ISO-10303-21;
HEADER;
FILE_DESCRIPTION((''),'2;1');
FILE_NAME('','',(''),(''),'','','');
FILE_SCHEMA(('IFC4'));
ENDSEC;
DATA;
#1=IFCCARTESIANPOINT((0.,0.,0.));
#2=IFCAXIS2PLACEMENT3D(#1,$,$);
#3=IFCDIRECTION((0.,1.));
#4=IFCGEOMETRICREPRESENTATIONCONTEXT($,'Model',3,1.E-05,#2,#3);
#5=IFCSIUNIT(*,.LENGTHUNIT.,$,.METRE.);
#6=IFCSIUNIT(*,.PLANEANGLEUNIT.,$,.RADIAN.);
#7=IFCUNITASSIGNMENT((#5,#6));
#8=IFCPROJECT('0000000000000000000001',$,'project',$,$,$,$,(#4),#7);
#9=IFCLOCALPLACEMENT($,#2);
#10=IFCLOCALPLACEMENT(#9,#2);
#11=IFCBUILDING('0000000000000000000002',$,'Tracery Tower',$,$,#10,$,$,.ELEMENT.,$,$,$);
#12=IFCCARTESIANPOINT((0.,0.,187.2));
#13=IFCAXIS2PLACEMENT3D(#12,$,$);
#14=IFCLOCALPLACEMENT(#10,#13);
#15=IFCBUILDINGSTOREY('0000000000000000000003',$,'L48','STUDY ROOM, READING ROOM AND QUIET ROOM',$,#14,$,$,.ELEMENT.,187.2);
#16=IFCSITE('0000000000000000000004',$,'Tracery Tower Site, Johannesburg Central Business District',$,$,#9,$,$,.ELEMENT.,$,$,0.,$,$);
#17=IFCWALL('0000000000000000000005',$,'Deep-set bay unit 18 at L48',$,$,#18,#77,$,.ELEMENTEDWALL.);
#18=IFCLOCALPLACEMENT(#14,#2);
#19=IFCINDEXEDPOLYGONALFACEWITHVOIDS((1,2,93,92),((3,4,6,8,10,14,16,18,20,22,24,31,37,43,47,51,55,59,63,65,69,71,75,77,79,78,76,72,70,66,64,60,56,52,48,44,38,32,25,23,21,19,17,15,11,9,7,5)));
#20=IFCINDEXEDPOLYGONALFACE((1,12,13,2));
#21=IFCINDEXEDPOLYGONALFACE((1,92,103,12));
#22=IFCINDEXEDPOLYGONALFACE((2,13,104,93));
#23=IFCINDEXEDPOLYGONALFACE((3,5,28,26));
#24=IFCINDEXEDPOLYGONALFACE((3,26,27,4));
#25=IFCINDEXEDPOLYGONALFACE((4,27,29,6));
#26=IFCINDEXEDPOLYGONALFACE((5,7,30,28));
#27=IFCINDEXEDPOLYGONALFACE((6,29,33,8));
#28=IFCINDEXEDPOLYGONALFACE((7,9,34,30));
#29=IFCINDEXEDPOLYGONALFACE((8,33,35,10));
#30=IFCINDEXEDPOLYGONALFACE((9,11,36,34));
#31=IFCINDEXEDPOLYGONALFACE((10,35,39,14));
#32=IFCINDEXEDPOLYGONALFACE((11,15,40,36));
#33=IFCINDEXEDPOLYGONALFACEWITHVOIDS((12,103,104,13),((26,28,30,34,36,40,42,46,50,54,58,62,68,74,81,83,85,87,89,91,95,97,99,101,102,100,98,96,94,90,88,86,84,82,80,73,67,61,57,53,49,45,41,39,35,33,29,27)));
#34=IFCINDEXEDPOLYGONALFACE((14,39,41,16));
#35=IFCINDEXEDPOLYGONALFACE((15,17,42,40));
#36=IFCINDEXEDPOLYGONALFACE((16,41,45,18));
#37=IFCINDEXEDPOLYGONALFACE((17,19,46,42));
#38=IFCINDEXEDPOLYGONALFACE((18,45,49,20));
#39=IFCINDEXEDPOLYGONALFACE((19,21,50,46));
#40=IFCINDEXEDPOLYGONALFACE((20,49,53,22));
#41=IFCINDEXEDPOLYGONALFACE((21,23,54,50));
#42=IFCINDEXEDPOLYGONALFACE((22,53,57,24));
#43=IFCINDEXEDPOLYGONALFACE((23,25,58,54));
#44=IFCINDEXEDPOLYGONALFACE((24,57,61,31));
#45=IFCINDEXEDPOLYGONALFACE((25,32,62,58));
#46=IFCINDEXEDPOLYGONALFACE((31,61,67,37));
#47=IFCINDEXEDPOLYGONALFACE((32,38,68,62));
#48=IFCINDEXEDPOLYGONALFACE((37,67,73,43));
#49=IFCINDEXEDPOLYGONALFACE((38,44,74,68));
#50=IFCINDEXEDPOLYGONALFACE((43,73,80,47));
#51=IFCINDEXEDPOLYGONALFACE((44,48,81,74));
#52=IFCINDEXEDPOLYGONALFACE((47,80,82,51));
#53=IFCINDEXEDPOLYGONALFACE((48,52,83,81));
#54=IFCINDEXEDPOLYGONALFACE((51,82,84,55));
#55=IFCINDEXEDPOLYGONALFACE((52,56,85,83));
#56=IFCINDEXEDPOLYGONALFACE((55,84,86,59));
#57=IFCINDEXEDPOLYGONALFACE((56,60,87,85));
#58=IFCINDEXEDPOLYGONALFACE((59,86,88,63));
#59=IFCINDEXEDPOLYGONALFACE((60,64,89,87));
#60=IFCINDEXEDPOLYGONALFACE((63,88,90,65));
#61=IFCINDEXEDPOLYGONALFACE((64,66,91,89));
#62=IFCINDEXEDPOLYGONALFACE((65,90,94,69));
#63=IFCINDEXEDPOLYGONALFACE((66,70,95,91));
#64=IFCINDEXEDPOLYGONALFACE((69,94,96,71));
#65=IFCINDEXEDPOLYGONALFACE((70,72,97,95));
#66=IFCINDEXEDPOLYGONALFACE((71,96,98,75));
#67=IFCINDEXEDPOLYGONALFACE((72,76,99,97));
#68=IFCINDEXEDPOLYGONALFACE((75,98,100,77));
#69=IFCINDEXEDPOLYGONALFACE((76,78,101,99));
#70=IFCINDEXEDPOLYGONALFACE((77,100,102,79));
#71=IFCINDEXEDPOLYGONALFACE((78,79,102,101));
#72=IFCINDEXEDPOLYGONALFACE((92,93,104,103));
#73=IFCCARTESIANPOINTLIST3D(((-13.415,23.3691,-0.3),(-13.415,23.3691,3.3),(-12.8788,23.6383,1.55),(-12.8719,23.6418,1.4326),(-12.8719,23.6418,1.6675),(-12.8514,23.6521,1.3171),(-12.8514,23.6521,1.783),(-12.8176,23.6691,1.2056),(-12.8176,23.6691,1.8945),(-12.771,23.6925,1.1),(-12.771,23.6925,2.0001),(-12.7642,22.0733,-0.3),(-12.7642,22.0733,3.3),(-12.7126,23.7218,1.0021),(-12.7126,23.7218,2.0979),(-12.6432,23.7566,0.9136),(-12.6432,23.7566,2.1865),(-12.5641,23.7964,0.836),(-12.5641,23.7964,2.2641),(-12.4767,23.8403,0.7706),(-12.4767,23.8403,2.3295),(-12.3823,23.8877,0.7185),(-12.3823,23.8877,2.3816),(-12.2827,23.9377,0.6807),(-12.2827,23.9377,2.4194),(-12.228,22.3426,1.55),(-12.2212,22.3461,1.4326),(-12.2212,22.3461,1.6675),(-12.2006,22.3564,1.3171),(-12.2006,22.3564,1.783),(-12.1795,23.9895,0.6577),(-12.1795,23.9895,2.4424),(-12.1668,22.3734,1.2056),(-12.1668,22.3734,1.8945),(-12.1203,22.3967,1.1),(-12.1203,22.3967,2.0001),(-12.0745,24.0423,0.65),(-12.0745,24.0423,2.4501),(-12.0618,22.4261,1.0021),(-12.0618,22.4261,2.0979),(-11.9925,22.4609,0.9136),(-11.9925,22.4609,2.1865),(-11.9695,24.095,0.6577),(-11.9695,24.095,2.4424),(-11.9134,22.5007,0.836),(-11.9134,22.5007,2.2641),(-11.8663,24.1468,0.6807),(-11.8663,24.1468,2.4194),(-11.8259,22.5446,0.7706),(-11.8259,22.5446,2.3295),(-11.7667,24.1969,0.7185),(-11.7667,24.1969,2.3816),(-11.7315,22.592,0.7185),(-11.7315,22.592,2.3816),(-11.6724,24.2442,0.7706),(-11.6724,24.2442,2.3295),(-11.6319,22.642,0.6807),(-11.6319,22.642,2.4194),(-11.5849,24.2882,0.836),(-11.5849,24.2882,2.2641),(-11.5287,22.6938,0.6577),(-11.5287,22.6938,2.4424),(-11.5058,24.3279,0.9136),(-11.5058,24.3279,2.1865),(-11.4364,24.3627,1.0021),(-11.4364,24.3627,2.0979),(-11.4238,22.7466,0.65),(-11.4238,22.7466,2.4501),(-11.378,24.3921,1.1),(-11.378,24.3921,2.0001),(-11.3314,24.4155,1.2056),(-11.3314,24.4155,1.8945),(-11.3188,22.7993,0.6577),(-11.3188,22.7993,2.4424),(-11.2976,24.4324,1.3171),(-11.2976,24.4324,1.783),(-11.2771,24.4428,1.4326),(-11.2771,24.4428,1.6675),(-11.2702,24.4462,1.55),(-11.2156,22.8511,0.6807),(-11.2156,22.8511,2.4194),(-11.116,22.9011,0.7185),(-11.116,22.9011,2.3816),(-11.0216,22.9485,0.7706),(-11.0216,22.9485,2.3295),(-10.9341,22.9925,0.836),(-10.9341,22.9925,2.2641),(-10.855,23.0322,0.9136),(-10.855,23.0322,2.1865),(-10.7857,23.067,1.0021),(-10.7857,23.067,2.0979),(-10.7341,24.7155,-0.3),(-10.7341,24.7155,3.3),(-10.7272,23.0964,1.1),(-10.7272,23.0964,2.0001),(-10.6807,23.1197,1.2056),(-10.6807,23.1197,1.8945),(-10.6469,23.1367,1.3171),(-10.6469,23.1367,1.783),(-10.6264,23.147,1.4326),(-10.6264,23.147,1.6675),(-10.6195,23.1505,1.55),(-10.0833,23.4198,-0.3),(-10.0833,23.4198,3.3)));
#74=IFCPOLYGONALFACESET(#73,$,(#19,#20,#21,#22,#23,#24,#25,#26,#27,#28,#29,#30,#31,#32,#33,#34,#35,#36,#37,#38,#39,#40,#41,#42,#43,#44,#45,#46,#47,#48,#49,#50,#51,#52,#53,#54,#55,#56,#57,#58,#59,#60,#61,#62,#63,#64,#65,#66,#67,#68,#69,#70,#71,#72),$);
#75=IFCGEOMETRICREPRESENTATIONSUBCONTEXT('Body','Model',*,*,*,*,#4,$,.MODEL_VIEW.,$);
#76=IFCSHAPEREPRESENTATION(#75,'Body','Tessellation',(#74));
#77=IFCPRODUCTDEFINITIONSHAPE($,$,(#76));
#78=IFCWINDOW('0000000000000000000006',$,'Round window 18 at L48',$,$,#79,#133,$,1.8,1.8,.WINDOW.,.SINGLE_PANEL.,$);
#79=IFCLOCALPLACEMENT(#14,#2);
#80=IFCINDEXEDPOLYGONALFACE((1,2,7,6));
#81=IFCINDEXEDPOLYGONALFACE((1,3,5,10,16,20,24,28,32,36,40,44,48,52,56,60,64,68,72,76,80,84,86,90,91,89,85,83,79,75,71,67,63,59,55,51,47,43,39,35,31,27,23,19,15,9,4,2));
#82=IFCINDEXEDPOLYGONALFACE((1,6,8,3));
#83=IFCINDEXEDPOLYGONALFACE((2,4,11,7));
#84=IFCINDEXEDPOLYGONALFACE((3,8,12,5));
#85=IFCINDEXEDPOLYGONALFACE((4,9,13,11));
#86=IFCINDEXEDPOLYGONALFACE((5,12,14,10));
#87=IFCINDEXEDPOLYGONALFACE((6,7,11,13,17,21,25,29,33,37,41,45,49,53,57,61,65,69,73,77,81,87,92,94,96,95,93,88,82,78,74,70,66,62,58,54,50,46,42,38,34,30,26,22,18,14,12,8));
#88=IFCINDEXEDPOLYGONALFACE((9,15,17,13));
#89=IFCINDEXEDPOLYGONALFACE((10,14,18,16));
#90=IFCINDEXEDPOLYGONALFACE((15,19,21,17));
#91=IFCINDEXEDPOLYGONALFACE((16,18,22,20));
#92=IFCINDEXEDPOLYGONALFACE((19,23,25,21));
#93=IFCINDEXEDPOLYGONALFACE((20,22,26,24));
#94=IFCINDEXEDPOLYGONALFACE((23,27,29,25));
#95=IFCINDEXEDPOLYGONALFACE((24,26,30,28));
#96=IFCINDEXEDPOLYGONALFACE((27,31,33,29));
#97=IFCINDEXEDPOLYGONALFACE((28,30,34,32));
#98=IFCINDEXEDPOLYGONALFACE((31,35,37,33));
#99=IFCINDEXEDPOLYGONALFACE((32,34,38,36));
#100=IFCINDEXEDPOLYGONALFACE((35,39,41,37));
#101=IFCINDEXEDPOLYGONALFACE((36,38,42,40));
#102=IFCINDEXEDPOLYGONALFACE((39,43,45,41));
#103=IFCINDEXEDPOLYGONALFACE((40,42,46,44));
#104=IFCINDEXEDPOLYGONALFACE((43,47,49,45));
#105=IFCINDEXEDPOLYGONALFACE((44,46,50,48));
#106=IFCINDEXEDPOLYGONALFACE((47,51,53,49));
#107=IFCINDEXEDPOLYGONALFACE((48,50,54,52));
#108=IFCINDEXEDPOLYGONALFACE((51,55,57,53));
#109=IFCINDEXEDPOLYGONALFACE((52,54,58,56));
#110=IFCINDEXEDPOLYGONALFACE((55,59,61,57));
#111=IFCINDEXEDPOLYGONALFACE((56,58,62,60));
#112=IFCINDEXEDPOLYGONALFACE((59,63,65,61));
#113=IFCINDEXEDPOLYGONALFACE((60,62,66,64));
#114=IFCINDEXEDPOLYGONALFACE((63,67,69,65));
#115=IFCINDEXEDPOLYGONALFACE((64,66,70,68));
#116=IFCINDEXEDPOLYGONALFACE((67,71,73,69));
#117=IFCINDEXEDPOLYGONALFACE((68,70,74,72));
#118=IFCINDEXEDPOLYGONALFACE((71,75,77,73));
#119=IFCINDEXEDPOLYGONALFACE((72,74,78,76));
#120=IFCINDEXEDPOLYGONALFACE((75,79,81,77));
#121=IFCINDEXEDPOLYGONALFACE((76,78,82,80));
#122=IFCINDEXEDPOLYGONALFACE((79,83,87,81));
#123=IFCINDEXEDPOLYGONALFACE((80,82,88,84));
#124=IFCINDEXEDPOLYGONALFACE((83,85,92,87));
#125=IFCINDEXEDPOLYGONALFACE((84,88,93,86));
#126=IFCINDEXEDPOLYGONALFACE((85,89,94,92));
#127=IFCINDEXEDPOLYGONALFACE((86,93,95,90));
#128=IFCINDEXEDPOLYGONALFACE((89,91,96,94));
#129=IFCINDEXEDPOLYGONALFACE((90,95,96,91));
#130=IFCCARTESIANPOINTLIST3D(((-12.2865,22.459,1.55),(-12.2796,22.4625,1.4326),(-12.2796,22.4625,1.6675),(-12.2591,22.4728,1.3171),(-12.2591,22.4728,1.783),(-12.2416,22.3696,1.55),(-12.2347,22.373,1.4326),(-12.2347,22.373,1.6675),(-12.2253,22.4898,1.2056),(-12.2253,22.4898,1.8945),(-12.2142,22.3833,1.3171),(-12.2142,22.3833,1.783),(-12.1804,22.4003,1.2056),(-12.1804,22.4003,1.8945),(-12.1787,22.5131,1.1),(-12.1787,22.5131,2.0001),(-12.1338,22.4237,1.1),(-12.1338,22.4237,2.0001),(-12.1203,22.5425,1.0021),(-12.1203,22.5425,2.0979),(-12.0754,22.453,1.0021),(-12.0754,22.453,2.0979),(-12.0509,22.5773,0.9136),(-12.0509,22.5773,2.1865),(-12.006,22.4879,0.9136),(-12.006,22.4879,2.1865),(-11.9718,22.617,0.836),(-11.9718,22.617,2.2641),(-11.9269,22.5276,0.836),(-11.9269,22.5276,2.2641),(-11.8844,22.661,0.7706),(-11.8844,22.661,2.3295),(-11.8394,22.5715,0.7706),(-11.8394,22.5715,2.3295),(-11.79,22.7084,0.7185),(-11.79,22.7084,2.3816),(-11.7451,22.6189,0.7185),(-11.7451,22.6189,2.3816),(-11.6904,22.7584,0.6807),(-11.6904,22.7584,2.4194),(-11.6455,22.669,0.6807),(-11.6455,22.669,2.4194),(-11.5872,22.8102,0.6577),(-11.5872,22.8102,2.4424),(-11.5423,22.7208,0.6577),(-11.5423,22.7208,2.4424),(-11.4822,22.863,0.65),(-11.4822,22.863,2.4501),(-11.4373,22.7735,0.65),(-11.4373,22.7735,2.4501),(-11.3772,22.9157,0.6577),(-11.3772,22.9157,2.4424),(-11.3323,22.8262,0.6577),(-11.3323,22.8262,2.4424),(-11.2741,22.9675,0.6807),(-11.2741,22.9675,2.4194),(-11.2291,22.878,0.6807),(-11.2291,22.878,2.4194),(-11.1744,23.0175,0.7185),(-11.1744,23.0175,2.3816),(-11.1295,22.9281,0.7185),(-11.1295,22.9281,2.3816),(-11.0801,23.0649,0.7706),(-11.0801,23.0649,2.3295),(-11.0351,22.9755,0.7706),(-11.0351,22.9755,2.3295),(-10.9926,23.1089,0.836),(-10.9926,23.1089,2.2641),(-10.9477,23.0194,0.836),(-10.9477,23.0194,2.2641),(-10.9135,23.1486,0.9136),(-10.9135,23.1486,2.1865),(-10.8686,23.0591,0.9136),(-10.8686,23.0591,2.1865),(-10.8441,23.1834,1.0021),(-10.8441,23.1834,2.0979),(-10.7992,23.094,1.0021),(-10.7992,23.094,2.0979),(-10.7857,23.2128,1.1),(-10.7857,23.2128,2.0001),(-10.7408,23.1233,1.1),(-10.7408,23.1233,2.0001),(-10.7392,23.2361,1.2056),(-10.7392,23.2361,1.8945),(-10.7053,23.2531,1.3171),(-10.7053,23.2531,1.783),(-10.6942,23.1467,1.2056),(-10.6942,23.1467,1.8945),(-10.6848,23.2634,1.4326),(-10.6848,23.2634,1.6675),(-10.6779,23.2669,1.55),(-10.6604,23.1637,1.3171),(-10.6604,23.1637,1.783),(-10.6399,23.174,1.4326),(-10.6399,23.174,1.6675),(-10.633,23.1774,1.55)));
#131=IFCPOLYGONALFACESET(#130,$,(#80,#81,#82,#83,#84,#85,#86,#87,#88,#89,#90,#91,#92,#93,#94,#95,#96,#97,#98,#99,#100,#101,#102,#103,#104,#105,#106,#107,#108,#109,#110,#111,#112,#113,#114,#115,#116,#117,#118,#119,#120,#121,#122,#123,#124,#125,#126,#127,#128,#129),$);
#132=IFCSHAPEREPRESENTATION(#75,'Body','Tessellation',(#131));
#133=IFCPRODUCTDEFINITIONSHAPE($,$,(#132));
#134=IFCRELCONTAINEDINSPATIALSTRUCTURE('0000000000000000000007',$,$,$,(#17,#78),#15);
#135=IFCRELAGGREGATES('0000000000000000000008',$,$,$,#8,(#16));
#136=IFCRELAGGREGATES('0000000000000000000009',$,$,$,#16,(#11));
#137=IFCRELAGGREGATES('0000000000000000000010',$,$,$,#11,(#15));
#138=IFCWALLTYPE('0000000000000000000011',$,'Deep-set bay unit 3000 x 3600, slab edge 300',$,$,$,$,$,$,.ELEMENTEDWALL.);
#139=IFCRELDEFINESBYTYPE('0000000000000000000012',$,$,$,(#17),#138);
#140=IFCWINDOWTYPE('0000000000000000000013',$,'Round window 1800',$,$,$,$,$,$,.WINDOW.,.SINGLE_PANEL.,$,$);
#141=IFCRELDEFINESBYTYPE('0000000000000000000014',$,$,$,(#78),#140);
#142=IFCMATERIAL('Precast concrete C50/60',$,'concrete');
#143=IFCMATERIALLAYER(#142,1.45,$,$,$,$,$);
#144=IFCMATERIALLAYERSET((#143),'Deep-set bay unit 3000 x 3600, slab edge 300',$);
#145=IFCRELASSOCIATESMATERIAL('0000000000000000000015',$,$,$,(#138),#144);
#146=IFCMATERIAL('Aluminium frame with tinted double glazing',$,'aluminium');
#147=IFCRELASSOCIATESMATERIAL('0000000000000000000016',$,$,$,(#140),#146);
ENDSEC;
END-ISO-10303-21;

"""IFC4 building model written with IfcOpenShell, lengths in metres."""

from ifc_helpers import new_model, si_unit, direction, frame, frame_2d, origin, origin_2d, place, context, subcontext, project, spatial, rectangle, circle, extrude, material, layer, layer_set, type_object, element, fill, save


model = new_model("IFC4")

# Units and contexts
model_context = context("Model", 3, precision=1e-05, world=origin(), true_north=direction((0.0, 1.0)))
body_context = subcontext(model_context, "Body", "Model", "MODEL_VIEW")
ifc_project = project(units=[si_unit("LENGTHUNIT", "METRE"), si_unit("PLANEANGLEUNIT", "RADIAN")], contexts=[model_context])

# Site, building, storey
site_placement = place(None, origin())
site = spatial("IfcSite", under=ifc_project, at=site_placement, Name="Tracery Tower Site, Johannesburg Central Business District", CompositionType="ELEMENT", RefElevation=0.0)
building_placement = place(site_placement, origin())
building = spatial("IfcBuilding", under=site, at=building_placement, Name="Tracery Tower", CompositionType="ELEMENT")
storey_placement = place(building_placement, frame((0.0, 0.0, 187.2)))
storey = spatial("IfcBuildingStorey", under=building, at=storey_placement, Name="L48", Description="STUDY ROOM, READING ROOM AND QUIET ROOM", CompositionType="ELEMENT", Elevation=187.2)

# Wall, opening, window
ifc_material_1 = material(Name="Precast concrete C50/60", Category="concrete")
ifc_layer_1 = layer(ifc_material_1, 1.45)
ifc_layer_set_1 = layer_set([ifc_layer_1], Name="Deep-set bay unit 3000 x 3600, slab edge 300")
wall_type_1 = type_object("IfcWallType", Name="Deep-set bay unit 3000 x 3600, slab edge 300", PredefinedType="ELEMENTEDWALL", material=ifc_layer_set_1)
wall_1_placement = place(storey_placement, frame((-10.4087, 24.0676, -0.3), z_axis=(0.0, 0.0, 1.0), x_axis=(-0.893628, -0.448808, 0.0)))
wall_1 = element("IfcWall", 1, at=wall_1_placement, inside=storey, type_object=wall_type_1, Name="Deep-set bay unit 18 at L48", PredefinedType="ELEMENTEDWALL", context=body_context, shape_type="SweptSolid", body=[
    extrude(rectangle(XDim=3.0, YDim=1.45, at=frame_2d((1.5, 0.0))), origin(), (0.0, 0.0, 1.0), 3.6001),
])
opening_1_placement = place(wall_1_placement, frame((1.5, 0.0, 1.8501)))
opening_1 = element("IfcOpeningElement", 2, at=opening_1_placement, cuts=wall_1, PredefinedType="OPENING", context=body_context, shape_type="SweptSolid", body=[
    extrude(circle(Radius=0.9, at=origin_2d()), frame((0.0, 0.7349, 0.0), z_axis=(0.0, -1.0, 0.0), x_axis=(1.0, 0.0, 0.0)), (0.0, 0.0, 1.0), 1.47),
])
ifc_material_2 = material(Name="Aluminium frame with tinted double glazing", Category="aluminium")
window_type = type_object("IfcWindowType", Name="Round window 1800", PartitioningType="SINGLE_PANEL", PredefinedType="WINDOW", material=ifc_material_2)
window_1_placement = place(opening_1_placement, origin())
window_1 = element("IfcWindow", 3, at=window_1_placement, inside=storey, type_object=window_type, Name="Round window 18 at L48", OverallHeight=1.8, OverallWidth=1.8, PartitioningType="SINGLE_PANEL", PredefinedType="WINDOW", context=body_context, shape_type="SweptSolid", body=[
    extrude(circle(Radius=0.9, at=origin_2d()), frame((0.0, 0.6948, 0.0), z_axis=(0.0, -1.0, 0.0), x_axis=(1.0, 0.0, 0.0)), (0.0, 0.0, 1.0), 0.1001),
])
fill(opening_1, window_1)

save(model, "model.ifc")
